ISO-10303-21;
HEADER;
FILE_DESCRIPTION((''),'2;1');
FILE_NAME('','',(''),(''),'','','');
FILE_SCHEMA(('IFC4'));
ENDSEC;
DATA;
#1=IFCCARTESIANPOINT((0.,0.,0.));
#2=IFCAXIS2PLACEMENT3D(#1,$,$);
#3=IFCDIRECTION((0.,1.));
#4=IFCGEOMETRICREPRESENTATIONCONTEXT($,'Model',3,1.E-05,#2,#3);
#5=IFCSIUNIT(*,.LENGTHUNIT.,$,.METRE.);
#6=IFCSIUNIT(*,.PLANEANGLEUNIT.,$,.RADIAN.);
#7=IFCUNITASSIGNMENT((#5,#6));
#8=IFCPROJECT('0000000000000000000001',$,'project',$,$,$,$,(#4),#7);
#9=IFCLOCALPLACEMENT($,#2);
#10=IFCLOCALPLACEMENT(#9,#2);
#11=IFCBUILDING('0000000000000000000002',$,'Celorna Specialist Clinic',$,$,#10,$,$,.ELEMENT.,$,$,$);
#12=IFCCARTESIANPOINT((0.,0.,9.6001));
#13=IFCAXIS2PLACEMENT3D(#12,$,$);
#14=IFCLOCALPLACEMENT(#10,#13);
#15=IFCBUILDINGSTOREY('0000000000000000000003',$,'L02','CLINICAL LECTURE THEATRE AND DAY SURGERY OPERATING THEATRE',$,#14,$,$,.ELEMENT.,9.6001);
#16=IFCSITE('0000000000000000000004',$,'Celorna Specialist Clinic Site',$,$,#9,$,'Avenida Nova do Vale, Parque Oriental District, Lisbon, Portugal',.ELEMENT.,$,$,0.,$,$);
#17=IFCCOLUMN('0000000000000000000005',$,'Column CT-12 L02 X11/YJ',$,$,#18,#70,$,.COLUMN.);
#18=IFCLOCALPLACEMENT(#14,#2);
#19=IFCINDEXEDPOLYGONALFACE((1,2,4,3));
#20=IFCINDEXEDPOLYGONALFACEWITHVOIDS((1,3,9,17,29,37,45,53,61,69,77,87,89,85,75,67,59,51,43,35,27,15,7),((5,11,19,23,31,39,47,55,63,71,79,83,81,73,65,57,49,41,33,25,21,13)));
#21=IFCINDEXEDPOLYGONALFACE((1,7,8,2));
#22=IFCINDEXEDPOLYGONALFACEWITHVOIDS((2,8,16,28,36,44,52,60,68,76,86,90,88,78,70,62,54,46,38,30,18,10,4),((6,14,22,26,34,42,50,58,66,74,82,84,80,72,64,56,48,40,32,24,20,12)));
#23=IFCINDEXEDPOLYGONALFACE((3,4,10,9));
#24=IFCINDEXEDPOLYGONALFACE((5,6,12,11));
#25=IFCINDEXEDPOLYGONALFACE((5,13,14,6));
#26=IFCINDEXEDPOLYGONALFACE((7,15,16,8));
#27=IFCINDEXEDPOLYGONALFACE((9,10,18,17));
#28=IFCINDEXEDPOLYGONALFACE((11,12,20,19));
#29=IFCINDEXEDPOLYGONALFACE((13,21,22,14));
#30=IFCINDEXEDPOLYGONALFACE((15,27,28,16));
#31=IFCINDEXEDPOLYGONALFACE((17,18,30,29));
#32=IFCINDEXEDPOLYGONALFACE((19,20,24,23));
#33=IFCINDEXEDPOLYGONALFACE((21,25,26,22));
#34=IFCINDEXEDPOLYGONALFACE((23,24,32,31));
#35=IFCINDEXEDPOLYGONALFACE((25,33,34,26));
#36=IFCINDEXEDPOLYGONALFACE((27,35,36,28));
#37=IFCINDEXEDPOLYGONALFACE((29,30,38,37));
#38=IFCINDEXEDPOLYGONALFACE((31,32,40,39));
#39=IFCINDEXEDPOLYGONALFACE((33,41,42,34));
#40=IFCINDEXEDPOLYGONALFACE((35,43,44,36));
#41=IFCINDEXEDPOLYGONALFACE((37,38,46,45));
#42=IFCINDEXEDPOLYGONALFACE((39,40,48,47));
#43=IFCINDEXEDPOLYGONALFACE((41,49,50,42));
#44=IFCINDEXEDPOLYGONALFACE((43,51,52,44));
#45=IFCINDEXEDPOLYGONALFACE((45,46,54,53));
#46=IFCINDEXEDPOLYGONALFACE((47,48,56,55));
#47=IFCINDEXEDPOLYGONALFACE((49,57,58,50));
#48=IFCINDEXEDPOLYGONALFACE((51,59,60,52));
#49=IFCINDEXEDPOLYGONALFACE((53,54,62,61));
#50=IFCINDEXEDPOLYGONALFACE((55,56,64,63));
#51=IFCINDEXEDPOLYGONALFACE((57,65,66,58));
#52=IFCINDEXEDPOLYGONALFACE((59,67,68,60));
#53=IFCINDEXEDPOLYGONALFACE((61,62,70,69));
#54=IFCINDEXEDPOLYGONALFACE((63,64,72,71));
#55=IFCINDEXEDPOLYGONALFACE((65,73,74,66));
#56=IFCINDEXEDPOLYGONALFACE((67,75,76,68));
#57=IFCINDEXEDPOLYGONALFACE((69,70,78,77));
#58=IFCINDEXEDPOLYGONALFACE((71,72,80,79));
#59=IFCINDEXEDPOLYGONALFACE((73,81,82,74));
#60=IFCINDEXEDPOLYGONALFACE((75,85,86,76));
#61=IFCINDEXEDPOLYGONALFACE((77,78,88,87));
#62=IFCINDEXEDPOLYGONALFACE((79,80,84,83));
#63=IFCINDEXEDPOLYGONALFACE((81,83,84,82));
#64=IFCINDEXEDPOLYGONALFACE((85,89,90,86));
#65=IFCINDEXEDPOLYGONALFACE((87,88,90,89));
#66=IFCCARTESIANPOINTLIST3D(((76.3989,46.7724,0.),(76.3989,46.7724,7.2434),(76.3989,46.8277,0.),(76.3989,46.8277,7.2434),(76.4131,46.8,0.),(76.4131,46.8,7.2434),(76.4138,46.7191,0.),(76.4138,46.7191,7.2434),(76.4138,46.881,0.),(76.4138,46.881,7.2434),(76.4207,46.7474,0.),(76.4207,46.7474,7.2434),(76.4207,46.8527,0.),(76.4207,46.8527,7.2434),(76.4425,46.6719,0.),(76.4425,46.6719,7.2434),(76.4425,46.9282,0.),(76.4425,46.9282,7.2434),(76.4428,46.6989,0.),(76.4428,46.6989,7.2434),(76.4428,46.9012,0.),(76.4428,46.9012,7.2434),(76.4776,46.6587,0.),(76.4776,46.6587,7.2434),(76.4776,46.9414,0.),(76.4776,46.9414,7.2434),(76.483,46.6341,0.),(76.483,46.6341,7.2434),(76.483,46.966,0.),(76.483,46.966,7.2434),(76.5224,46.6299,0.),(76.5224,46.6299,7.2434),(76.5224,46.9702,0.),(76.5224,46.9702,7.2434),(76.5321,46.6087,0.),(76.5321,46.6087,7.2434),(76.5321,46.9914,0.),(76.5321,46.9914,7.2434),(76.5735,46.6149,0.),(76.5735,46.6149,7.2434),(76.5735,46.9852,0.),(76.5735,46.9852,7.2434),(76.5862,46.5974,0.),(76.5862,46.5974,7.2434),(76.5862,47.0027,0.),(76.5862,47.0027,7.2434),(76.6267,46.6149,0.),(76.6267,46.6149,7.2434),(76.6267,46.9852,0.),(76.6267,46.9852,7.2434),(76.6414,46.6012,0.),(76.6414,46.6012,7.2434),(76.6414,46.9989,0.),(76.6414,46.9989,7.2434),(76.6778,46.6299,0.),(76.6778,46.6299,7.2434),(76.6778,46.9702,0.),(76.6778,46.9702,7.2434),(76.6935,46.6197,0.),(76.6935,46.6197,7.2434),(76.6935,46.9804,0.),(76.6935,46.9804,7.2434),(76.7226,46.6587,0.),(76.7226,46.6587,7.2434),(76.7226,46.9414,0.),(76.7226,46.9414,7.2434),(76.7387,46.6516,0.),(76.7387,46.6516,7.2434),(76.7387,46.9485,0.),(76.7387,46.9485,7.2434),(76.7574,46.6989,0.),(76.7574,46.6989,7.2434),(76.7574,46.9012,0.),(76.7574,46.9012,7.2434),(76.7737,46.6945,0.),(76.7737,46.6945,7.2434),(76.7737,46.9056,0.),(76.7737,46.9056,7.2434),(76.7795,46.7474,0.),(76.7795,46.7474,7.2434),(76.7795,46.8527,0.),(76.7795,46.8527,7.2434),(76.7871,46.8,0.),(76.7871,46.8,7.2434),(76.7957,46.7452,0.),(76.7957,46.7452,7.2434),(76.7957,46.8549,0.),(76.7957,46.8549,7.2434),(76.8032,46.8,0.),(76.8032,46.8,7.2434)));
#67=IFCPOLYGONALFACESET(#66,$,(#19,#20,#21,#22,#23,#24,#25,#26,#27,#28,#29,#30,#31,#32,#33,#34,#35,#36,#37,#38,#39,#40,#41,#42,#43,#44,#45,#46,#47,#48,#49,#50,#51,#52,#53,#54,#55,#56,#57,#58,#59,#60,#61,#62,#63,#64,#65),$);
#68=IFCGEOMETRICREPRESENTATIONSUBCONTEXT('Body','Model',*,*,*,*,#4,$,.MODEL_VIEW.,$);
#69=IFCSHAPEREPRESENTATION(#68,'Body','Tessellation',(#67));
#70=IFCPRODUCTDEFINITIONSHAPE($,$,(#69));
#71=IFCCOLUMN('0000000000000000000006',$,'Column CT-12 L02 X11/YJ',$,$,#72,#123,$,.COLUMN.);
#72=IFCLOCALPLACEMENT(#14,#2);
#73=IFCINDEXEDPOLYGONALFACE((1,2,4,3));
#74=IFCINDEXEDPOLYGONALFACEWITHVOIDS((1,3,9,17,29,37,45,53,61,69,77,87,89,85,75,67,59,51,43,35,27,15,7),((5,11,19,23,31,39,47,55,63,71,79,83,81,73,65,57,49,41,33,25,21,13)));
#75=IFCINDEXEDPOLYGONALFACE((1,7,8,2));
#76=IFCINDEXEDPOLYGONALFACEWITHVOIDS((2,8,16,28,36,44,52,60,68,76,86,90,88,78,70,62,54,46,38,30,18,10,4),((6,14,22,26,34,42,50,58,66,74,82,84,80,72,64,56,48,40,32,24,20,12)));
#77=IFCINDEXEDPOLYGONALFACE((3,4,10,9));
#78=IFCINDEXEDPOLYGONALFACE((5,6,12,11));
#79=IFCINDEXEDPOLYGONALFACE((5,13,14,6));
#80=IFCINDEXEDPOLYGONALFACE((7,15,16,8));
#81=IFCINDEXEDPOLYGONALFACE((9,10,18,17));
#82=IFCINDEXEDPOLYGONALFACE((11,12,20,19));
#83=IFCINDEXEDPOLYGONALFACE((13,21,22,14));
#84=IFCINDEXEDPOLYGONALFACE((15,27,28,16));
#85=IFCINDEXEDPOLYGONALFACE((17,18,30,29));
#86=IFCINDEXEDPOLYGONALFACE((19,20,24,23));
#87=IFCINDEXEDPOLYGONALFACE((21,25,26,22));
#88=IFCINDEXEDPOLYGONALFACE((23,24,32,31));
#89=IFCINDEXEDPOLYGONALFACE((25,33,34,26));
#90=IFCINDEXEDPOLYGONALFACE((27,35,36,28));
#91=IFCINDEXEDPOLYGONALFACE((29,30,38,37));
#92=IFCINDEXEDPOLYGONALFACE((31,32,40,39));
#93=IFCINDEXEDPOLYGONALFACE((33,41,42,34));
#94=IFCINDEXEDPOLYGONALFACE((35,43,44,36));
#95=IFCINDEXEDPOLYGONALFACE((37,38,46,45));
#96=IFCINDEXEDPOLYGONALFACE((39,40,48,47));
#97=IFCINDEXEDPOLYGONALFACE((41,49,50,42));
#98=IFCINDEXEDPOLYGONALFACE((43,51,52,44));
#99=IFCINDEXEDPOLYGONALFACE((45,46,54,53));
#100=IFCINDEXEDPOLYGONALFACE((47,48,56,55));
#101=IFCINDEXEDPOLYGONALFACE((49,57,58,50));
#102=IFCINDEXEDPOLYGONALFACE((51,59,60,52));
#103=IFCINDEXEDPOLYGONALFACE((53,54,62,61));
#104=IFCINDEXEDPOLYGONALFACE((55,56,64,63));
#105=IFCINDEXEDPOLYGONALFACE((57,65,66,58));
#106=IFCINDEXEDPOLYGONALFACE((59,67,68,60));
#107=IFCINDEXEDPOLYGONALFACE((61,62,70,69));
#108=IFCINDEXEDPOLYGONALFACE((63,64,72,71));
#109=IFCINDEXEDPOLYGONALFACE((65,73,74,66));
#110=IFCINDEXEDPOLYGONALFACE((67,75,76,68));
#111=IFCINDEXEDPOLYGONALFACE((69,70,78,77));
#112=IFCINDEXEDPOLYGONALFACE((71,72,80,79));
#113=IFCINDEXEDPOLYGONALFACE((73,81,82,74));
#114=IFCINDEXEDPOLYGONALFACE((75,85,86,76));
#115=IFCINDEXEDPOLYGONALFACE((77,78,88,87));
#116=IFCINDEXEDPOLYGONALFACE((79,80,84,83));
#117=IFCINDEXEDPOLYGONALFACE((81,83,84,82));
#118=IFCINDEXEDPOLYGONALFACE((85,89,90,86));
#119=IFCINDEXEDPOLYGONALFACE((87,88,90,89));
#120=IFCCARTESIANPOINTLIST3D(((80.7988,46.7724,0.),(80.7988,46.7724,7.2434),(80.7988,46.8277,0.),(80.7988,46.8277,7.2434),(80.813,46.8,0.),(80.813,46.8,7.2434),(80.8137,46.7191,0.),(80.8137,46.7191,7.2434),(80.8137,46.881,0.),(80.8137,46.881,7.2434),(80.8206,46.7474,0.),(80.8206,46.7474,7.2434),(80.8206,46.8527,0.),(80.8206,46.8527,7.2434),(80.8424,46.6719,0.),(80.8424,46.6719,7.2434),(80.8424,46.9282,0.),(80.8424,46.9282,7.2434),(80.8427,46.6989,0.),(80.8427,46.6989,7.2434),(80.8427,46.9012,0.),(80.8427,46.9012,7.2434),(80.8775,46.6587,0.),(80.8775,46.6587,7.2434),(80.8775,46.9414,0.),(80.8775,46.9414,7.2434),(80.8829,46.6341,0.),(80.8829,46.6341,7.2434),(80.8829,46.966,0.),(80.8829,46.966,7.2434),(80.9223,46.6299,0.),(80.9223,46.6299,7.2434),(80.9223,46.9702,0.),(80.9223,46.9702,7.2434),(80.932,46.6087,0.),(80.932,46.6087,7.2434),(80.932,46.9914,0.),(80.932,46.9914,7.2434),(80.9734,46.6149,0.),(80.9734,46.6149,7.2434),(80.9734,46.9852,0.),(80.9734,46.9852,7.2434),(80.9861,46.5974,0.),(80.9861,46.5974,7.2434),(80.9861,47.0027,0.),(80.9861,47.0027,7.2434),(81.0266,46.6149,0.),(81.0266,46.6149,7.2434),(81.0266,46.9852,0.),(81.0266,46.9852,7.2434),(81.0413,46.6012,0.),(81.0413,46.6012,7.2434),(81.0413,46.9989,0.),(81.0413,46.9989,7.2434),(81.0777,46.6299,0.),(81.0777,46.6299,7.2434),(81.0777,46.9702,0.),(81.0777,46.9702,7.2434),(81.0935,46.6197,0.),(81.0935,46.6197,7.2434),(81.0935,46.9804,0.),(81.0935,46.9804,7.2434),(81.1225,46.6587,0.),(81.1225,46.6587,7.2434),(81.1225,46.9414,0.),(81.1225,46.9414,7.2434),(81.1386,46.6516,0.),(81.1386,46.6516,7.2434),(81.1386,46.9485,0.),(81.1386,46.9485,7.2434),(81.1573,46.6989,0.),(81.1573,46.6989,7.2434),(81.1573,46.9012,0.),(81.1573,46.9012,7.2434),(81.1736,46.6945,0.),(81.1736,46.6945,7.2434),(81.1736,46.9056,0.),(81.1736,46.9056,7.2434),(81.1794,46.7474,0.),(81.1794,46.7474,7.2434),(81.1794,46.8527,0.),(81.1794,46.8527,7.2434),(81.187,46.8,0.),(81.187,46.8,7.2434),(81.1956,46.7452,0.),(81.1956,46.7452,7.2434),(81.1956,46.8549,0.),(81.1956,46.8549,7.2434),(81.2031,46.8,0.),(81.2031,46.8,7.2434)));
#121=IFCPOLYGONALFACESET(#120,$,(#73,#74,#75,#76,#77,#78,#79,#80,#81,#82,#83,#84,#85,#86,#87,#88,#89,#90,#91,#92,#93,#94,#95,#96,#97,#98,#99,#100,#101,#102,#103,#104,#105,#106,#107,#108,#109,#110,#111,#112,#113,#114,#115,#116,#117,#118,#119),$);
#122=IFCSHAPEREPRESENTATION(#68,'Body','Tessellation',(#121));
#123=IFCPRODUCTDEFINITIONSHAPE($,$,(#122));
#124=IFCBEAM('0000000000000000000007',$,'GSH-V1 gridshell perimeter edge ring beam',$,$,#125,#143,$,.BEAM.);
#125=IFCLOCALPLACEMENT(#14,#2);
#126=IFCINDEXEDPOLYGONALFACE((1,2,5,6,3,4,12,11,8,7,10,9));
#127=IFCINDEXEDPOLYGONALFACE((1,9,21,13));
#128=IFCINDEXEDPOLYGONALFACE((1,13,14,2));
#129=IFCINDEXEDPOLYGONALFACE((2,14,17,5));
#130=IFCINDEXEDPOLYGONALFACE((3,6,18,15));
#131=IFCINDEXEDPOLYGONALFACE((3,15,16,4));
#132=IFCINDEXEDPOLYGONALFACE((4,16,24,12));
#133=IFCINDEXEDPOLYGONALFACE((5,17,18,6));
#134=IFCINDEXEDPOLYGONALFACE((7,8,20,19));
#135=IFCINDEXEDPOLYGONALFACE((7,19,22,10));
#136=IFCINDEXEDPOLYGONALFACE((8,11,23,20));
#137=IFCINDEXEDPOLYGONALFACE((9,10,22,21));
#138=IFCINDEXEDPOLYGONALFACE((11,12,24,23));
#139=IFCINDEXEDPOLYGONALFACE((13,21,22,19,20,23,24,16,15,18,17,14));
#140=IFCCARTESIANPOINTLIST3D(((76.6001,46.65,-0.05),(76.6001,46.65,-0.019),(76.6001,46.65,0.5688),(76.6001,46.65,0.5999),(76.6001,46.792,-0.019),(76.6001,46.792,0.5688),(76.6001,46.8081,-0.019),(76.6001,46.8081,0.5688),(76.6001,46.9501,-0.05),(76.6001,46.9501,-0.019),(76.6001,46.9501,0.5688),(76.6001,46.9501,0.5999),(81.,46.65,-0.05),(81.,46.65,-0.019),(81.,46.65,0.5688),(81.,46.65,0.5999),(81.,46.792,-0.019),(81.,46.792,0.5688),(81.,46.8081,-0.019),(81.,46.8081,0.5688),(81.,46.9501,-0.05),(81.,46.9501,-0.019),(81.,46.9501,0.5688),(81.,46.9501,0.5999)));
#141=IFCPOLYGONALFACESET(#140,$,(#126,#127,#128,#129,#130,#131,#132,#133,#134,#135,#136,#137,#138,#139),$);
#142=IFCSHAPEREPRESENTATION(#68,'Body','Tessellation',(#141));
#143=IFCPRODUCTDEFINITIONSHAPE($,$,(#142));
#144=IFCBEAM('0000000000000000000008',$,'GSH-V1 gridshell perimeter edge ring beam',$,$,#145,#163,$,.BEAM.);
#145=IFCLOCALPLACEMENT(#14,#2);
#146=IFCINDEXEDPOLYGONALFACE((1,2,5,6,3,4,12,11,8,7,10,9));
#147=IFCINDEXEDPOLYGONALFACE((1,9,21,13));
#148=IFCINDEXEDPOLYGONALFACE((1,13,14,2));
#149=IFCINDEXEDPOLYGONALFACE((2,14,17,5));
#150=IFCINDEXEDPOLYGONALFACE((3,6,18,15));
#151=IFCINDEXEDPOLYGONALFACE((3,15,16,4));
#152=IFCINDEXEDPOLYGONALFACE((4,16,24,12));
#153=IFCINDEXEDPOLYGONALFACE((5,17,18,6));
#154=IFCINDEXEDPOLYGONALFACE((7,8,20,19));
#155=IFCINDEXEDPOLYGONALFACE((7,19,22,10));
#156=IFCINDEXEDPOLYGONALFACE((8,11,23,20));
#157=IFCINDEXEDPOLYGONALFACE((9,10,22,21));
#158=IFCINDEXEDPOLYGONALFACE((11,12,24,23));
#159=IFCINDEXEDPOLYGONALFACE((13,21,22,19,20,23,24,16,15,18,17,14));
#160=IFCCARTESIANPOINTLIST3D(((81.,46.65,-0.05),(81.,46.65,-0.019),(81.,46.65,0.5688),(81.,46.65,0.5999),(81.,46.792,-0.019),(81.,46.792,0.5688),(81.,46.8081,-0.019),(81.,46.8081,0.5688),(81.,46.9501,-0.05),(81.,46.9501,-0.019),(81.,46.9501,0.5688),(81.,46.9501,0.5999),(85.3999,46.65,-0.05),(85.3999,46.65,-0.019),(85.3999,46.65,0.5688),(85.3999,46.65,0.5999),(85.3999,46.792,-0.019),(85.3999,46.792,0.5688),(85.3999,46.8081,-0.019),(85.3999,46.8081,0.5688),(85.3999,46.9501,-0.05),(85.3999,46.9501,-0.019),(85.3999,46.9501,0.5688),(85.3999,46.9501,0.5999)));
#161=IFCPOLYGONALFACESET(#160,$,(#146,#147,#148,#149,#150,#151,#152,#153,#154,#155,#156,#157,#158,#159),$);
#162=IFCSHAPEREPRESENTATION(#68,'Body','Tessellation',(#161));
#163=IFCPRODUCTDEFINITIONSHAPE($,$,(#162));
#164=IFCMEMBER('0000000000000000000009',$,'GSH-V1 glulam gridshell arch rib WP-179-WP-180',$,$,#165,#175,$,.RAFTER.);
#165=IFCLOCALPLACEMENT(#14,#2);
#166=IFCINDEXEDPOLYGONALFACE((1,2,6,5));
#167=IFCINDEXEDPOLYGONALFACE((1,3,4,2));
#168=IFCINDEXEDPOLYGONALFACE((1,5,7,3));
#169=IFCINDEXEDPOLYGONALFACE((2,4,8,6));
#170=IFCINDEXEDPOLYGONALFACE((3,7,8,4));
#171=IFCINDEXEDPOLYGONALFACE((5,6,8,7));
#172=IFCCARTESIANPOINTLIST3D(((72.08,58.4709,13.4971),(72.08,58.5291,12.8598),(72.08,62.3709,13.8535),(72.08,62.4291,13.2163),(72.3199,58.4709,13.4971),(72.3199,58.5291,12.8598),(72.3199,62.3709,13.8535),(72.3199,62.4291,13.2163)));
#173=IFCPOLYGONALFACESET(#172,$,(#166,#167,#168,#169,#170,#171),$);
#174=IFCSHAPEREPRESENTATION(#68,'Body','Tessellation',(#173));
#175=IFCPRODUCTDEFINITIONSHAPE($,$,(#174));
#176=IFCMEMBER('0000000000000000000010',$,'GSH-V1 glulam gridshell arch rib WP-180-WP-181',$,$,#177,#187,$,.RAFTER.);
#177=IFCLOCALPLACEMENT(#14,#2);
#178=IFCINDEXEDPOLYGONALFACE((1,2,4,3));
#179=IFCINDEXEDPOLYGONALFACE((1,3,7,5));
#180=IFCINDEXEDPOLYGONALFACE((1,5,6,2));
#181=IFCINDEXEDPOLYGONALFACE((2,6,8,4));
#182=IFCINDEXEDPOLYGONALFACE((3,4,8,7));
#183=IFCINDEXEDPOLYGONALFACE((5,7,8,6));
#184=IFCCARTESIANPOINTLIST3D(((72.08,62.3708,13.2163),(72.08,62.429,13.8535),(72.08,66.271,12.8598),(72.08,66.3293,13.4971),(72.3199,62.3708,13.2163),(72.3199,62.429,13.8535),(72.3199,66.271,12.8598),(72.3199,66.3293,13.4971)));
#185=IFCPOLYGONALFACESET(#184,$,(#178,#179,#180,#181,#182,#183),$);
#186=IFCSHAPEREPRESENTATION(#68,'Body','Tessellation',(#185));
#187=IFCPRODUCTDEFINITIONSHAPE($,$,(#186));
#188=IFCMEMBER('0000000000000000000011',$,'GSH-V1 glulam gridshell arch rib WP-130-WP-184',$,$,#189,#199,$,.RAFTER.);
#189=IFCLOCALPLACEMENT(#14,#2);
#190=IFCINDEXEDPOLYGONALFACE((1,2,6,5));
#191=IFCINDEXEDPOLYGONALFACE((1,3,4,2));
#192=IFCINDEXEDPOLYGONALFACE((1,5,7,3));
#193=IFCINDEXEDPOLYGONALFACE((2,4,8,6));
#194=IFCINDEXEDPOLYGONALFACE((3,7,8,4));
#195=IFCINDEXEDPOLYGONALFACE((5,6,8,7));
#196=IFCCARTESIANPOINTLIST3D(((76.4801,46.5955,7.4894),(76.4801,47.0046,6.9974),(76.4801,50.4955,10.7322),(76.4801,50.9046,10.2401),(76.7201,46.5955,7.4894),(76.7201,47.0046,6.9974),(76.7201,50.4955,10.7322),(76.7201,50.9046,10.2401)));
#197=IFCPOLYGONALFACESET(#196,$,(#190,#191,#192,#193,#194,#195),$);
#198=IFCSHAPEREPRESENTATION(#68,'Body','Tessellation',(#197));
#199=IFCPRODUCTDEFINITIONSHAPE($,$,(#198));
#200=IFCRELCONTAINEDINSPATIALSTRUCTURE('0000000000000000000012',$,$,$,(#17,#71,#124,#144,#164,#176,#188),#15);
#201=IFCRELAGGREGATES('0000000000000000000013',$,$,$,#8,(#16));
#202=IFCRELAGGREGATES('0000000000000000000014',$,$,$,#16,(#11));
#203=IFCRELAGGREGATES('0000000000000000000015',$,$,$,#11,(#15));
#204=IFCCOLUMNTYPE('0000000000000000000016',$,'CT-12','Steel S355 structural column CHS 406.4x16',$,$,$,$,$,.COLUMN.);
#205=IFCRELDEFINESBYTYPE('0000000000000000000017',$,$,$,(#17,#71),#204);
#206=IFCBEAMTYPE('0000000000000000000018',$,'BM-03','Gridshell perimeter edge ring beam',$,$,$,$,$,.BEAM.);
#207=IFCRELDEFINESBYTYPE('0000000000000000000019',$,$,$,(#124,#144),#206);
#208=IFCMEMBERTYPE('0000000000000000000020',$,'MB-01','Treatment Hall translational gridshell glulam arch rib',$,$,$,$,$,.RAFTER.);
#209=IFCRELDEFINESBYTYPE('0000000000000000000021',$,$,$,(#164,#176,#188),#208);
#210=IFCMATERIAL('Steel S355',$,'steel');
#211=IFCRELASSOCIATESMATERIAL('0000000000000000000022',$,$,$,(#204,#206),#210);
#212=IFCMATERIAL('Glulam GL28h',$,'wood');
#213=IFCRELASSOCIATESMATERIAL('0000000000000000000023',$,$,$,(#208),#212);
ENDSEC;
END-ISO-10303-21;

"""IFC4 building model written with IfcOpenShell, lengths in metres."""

from ifc_helpers import new_model, si_unit, direction, frame, origin, origin_2d, place, context, subcontext, project, spatial, rectangle, hollow_circle, i_section, extrude, material, material_profile, profile_set, type_object, element, save


model = new_model("IFC4")

# Units and contexts
model_context = context("Model", 3, precision=1e-05, world=origin(), true_north=direction((0.0, 1.0)))
body_context = subcontext(model_context, "Body", "Model", "MODEL_VIEW")
ifc_project = project(units=[si_unit("LENGTHUNIT", "METRE"), si_unit("PLANEANGLEUNIT", "RADIAN")], contexts=[model_context])

# Site, building, storey
site_placement = place(None, origin())
site = spatial("IfcSite", under=ifc_project, at=site_placement, Name="Celorna Specialist Clinic Site", LongName="Avenida Nova do Vale, Parque Oriental District, Lisbon, Portugal", CompositionType="ELEMENT", RefElevation=0.0)
building_placement = place(site_placement, origin())
building = spatial("IfcBuilding", under=site, at=building_placement, Name="Celorna Specialist Clinic", CompositionType="ELEMENT")
storey_placement = place(building_placement, frame((0.0, 0.0, 9.6001)))
storey = spatial("IfcBuildingStorey", under=building, at=storey_placement, Name="L02", Description="CLINICAL LECTURE THEATRE AND DAY SURGERY OPERATING THEATRE", CompositionType="ELEMENT", Elevation=9.6001)

# Columns
ifc_material_1 = material(Name="Steel S355", Category="steel")
ifc_material_profile_1 = material_profile(ifc_material_1, hollow_circle(Radius=0.2031, WallThickness=0.0161, at=origin_2d()), Name="CHS 406.4x16")
ifc_profile_set_1 = profile_set([ifc_material_profile_1], Name="Steel S355")
column_type = type_object("IfcColumnType", Name="CT-12", Description="Steel S355 structural column CHS 406.4x16", PredefinedType="COLUMN", material=ifc_profile_set_1)
for number, where, z_axis, x_axis, name in (
    (1, (76.6001, 46.8, 0.0), (0.0, 0.0, 1.0), (1.0, 0.0, 0.0), "Column CT-12 L02 X11/YJ"),
    (2, (81.0, 46.8, 0.0), (0.0, 0.0, 1.0), (1.0, 0.0, 0.0), "Column CT-12 L02 X11/YJ"),
):
    element("IfcColumn", number, at=place(storey_placement, frame(where, z_axis=z_axis, x_axis=x_axis)), inside=storey, type_object=column_type, Name=name, PredefinedType="COLUMN", context=body_context, shape_type="SweptSolid", body=[
        extrude(hollow_circle(Radius=0.2031, WallThickness=0.0161, at=origin_2d()), origin(), (0.0, 0.0, 1.0), 7.2434),
    ])

# Beams
ifc_material_profile_2 = material_profile(ifc_material_1, i_section(OverallWidth=0.3, OverallDepth=0.6499, WebThickness=0.0161, FlangeThickness=0.031, at=origin_2d()), Name="HE 650 B")
ifc_profile_set_2 = profile_set([ifc_material_profile_2], Name="Steel S355")
beam_type = type_object("IfcBeamType", Name="BM-03", Description="Gridshell perimeter edge ring beam", PredefinedType="BEAM", material=ifc_profile_set_2)
for number, where, z_axis, x_axis, name in (
    (3, (76.6001, 46.8, 0.2749), (1.0, 0.0, 0.0), (0.0, 1.0, 0.0), "GSH-V1 gridshell perimeter edge ring beam"),
    (4, (81.0, 46.8, 0.2749), (1.0, 0.0, 0.0), (0.0, 1.0, 0.0), "GSH-V1 gridshell perimeter edge ring beam"),
):
    element("IfcBeam", number, at=place(storey_placement, frame(where, z_axis=z_axis, x_axis=x_axis)), inside=storey, type_object=beam_type, Name=name, PredefinedType="BEAM", context=body_context, shape_type="SweptSolid", body=[
        extrude(i_section(OverallWidth=0.3, OverallDepth=0.6499, WebThickness=0.0161, FlangeThickness=0.031, at=origin_2d()), origin(), (0.0, 0.0, 1.0), 4.3999),
    ])

# Members
ifc_material_2 = material(Name="Glulam GL28h", Category="wood")
ifc_material_profile_3 = material_profile(ifc_material_2, rectangle(XDim=0.24, YDim=0.6399, at=origin_2d()), Name="GL28h 240x640")
ifc_profile_set_3 = profile_set([ifc_material_profile_3], Name="Glulam GL28h")
member_type_1 = type_object("IfcMemberType", Name="MB-01", Description="Treatment Hall translational gridshell glulam arch rib", PredefinedType="RAFTER", material=ifc_profile_set_3)
member_1_placement = place(storey_placement, frame((72.2, 58.5, 13.1785), z_axis=(0.0, 0.995849, 0.091019), x_axis=(-1.0, 0.0, 0.0)))
element("IfcMember", 5, at=member_1_placement, inside=storey, type_object=member_type_1, Name="GSH-V1 glulam gridshell arch rib WP-179-WP-180", PredefinedType="RAFTER", context=body_context, shape_type="SweptSolid", body=[
    extrude(rectangle(XDim=0.24, YDim=0.6399, at=origin_2d()), origin(), (0.0, 0.0, 1.0), 3.9163),
])
member_2_placement = place(storey_placement, frame((72.2, 62.3999, 13.5349), z_axis=(0.0, 0.99585, -0.091013), x_axis=(-1.0, 0.0, 0.0)))
element("IfcMember", 6, at=member_2_placement, inside=storey, type_object=member_type_1, Name="GSH-V1 glulam gridshell arch rib WP-180-WP-181", PredefinedType="RAFTER", context=body_context, shape_type="SweptSolid", body=[
    extrude(rectangle(XDim=0.24, YDim=0.6399, at=origin_2d()), origin(), (0.0, 0.0, 1.0), 3.9165),
])
member_3_placement = place(storey_placement, frame((76.6001, 46.8, 7.2434), z_axis=(0.0, 0.768923, 0.639341), x_axis=(-1.0, 0.0, 0.0)))
element("IfcMember", 7, at=member_3_placement, inside=storey, type_object=member_type_1, Name="GSH-V1 glulam gridshell arch rib WP-130-WP-184", PredefinedType="RAFTER", context=body_context, shape_type="SweptSolid", body=[
    extrude(rectangle(XDim=0.24, YDim=0.6399, at=origin_2d()), origin(), (0.0, 0.0, 1.0), 5.072),
])

save(model, "model.ifc")
